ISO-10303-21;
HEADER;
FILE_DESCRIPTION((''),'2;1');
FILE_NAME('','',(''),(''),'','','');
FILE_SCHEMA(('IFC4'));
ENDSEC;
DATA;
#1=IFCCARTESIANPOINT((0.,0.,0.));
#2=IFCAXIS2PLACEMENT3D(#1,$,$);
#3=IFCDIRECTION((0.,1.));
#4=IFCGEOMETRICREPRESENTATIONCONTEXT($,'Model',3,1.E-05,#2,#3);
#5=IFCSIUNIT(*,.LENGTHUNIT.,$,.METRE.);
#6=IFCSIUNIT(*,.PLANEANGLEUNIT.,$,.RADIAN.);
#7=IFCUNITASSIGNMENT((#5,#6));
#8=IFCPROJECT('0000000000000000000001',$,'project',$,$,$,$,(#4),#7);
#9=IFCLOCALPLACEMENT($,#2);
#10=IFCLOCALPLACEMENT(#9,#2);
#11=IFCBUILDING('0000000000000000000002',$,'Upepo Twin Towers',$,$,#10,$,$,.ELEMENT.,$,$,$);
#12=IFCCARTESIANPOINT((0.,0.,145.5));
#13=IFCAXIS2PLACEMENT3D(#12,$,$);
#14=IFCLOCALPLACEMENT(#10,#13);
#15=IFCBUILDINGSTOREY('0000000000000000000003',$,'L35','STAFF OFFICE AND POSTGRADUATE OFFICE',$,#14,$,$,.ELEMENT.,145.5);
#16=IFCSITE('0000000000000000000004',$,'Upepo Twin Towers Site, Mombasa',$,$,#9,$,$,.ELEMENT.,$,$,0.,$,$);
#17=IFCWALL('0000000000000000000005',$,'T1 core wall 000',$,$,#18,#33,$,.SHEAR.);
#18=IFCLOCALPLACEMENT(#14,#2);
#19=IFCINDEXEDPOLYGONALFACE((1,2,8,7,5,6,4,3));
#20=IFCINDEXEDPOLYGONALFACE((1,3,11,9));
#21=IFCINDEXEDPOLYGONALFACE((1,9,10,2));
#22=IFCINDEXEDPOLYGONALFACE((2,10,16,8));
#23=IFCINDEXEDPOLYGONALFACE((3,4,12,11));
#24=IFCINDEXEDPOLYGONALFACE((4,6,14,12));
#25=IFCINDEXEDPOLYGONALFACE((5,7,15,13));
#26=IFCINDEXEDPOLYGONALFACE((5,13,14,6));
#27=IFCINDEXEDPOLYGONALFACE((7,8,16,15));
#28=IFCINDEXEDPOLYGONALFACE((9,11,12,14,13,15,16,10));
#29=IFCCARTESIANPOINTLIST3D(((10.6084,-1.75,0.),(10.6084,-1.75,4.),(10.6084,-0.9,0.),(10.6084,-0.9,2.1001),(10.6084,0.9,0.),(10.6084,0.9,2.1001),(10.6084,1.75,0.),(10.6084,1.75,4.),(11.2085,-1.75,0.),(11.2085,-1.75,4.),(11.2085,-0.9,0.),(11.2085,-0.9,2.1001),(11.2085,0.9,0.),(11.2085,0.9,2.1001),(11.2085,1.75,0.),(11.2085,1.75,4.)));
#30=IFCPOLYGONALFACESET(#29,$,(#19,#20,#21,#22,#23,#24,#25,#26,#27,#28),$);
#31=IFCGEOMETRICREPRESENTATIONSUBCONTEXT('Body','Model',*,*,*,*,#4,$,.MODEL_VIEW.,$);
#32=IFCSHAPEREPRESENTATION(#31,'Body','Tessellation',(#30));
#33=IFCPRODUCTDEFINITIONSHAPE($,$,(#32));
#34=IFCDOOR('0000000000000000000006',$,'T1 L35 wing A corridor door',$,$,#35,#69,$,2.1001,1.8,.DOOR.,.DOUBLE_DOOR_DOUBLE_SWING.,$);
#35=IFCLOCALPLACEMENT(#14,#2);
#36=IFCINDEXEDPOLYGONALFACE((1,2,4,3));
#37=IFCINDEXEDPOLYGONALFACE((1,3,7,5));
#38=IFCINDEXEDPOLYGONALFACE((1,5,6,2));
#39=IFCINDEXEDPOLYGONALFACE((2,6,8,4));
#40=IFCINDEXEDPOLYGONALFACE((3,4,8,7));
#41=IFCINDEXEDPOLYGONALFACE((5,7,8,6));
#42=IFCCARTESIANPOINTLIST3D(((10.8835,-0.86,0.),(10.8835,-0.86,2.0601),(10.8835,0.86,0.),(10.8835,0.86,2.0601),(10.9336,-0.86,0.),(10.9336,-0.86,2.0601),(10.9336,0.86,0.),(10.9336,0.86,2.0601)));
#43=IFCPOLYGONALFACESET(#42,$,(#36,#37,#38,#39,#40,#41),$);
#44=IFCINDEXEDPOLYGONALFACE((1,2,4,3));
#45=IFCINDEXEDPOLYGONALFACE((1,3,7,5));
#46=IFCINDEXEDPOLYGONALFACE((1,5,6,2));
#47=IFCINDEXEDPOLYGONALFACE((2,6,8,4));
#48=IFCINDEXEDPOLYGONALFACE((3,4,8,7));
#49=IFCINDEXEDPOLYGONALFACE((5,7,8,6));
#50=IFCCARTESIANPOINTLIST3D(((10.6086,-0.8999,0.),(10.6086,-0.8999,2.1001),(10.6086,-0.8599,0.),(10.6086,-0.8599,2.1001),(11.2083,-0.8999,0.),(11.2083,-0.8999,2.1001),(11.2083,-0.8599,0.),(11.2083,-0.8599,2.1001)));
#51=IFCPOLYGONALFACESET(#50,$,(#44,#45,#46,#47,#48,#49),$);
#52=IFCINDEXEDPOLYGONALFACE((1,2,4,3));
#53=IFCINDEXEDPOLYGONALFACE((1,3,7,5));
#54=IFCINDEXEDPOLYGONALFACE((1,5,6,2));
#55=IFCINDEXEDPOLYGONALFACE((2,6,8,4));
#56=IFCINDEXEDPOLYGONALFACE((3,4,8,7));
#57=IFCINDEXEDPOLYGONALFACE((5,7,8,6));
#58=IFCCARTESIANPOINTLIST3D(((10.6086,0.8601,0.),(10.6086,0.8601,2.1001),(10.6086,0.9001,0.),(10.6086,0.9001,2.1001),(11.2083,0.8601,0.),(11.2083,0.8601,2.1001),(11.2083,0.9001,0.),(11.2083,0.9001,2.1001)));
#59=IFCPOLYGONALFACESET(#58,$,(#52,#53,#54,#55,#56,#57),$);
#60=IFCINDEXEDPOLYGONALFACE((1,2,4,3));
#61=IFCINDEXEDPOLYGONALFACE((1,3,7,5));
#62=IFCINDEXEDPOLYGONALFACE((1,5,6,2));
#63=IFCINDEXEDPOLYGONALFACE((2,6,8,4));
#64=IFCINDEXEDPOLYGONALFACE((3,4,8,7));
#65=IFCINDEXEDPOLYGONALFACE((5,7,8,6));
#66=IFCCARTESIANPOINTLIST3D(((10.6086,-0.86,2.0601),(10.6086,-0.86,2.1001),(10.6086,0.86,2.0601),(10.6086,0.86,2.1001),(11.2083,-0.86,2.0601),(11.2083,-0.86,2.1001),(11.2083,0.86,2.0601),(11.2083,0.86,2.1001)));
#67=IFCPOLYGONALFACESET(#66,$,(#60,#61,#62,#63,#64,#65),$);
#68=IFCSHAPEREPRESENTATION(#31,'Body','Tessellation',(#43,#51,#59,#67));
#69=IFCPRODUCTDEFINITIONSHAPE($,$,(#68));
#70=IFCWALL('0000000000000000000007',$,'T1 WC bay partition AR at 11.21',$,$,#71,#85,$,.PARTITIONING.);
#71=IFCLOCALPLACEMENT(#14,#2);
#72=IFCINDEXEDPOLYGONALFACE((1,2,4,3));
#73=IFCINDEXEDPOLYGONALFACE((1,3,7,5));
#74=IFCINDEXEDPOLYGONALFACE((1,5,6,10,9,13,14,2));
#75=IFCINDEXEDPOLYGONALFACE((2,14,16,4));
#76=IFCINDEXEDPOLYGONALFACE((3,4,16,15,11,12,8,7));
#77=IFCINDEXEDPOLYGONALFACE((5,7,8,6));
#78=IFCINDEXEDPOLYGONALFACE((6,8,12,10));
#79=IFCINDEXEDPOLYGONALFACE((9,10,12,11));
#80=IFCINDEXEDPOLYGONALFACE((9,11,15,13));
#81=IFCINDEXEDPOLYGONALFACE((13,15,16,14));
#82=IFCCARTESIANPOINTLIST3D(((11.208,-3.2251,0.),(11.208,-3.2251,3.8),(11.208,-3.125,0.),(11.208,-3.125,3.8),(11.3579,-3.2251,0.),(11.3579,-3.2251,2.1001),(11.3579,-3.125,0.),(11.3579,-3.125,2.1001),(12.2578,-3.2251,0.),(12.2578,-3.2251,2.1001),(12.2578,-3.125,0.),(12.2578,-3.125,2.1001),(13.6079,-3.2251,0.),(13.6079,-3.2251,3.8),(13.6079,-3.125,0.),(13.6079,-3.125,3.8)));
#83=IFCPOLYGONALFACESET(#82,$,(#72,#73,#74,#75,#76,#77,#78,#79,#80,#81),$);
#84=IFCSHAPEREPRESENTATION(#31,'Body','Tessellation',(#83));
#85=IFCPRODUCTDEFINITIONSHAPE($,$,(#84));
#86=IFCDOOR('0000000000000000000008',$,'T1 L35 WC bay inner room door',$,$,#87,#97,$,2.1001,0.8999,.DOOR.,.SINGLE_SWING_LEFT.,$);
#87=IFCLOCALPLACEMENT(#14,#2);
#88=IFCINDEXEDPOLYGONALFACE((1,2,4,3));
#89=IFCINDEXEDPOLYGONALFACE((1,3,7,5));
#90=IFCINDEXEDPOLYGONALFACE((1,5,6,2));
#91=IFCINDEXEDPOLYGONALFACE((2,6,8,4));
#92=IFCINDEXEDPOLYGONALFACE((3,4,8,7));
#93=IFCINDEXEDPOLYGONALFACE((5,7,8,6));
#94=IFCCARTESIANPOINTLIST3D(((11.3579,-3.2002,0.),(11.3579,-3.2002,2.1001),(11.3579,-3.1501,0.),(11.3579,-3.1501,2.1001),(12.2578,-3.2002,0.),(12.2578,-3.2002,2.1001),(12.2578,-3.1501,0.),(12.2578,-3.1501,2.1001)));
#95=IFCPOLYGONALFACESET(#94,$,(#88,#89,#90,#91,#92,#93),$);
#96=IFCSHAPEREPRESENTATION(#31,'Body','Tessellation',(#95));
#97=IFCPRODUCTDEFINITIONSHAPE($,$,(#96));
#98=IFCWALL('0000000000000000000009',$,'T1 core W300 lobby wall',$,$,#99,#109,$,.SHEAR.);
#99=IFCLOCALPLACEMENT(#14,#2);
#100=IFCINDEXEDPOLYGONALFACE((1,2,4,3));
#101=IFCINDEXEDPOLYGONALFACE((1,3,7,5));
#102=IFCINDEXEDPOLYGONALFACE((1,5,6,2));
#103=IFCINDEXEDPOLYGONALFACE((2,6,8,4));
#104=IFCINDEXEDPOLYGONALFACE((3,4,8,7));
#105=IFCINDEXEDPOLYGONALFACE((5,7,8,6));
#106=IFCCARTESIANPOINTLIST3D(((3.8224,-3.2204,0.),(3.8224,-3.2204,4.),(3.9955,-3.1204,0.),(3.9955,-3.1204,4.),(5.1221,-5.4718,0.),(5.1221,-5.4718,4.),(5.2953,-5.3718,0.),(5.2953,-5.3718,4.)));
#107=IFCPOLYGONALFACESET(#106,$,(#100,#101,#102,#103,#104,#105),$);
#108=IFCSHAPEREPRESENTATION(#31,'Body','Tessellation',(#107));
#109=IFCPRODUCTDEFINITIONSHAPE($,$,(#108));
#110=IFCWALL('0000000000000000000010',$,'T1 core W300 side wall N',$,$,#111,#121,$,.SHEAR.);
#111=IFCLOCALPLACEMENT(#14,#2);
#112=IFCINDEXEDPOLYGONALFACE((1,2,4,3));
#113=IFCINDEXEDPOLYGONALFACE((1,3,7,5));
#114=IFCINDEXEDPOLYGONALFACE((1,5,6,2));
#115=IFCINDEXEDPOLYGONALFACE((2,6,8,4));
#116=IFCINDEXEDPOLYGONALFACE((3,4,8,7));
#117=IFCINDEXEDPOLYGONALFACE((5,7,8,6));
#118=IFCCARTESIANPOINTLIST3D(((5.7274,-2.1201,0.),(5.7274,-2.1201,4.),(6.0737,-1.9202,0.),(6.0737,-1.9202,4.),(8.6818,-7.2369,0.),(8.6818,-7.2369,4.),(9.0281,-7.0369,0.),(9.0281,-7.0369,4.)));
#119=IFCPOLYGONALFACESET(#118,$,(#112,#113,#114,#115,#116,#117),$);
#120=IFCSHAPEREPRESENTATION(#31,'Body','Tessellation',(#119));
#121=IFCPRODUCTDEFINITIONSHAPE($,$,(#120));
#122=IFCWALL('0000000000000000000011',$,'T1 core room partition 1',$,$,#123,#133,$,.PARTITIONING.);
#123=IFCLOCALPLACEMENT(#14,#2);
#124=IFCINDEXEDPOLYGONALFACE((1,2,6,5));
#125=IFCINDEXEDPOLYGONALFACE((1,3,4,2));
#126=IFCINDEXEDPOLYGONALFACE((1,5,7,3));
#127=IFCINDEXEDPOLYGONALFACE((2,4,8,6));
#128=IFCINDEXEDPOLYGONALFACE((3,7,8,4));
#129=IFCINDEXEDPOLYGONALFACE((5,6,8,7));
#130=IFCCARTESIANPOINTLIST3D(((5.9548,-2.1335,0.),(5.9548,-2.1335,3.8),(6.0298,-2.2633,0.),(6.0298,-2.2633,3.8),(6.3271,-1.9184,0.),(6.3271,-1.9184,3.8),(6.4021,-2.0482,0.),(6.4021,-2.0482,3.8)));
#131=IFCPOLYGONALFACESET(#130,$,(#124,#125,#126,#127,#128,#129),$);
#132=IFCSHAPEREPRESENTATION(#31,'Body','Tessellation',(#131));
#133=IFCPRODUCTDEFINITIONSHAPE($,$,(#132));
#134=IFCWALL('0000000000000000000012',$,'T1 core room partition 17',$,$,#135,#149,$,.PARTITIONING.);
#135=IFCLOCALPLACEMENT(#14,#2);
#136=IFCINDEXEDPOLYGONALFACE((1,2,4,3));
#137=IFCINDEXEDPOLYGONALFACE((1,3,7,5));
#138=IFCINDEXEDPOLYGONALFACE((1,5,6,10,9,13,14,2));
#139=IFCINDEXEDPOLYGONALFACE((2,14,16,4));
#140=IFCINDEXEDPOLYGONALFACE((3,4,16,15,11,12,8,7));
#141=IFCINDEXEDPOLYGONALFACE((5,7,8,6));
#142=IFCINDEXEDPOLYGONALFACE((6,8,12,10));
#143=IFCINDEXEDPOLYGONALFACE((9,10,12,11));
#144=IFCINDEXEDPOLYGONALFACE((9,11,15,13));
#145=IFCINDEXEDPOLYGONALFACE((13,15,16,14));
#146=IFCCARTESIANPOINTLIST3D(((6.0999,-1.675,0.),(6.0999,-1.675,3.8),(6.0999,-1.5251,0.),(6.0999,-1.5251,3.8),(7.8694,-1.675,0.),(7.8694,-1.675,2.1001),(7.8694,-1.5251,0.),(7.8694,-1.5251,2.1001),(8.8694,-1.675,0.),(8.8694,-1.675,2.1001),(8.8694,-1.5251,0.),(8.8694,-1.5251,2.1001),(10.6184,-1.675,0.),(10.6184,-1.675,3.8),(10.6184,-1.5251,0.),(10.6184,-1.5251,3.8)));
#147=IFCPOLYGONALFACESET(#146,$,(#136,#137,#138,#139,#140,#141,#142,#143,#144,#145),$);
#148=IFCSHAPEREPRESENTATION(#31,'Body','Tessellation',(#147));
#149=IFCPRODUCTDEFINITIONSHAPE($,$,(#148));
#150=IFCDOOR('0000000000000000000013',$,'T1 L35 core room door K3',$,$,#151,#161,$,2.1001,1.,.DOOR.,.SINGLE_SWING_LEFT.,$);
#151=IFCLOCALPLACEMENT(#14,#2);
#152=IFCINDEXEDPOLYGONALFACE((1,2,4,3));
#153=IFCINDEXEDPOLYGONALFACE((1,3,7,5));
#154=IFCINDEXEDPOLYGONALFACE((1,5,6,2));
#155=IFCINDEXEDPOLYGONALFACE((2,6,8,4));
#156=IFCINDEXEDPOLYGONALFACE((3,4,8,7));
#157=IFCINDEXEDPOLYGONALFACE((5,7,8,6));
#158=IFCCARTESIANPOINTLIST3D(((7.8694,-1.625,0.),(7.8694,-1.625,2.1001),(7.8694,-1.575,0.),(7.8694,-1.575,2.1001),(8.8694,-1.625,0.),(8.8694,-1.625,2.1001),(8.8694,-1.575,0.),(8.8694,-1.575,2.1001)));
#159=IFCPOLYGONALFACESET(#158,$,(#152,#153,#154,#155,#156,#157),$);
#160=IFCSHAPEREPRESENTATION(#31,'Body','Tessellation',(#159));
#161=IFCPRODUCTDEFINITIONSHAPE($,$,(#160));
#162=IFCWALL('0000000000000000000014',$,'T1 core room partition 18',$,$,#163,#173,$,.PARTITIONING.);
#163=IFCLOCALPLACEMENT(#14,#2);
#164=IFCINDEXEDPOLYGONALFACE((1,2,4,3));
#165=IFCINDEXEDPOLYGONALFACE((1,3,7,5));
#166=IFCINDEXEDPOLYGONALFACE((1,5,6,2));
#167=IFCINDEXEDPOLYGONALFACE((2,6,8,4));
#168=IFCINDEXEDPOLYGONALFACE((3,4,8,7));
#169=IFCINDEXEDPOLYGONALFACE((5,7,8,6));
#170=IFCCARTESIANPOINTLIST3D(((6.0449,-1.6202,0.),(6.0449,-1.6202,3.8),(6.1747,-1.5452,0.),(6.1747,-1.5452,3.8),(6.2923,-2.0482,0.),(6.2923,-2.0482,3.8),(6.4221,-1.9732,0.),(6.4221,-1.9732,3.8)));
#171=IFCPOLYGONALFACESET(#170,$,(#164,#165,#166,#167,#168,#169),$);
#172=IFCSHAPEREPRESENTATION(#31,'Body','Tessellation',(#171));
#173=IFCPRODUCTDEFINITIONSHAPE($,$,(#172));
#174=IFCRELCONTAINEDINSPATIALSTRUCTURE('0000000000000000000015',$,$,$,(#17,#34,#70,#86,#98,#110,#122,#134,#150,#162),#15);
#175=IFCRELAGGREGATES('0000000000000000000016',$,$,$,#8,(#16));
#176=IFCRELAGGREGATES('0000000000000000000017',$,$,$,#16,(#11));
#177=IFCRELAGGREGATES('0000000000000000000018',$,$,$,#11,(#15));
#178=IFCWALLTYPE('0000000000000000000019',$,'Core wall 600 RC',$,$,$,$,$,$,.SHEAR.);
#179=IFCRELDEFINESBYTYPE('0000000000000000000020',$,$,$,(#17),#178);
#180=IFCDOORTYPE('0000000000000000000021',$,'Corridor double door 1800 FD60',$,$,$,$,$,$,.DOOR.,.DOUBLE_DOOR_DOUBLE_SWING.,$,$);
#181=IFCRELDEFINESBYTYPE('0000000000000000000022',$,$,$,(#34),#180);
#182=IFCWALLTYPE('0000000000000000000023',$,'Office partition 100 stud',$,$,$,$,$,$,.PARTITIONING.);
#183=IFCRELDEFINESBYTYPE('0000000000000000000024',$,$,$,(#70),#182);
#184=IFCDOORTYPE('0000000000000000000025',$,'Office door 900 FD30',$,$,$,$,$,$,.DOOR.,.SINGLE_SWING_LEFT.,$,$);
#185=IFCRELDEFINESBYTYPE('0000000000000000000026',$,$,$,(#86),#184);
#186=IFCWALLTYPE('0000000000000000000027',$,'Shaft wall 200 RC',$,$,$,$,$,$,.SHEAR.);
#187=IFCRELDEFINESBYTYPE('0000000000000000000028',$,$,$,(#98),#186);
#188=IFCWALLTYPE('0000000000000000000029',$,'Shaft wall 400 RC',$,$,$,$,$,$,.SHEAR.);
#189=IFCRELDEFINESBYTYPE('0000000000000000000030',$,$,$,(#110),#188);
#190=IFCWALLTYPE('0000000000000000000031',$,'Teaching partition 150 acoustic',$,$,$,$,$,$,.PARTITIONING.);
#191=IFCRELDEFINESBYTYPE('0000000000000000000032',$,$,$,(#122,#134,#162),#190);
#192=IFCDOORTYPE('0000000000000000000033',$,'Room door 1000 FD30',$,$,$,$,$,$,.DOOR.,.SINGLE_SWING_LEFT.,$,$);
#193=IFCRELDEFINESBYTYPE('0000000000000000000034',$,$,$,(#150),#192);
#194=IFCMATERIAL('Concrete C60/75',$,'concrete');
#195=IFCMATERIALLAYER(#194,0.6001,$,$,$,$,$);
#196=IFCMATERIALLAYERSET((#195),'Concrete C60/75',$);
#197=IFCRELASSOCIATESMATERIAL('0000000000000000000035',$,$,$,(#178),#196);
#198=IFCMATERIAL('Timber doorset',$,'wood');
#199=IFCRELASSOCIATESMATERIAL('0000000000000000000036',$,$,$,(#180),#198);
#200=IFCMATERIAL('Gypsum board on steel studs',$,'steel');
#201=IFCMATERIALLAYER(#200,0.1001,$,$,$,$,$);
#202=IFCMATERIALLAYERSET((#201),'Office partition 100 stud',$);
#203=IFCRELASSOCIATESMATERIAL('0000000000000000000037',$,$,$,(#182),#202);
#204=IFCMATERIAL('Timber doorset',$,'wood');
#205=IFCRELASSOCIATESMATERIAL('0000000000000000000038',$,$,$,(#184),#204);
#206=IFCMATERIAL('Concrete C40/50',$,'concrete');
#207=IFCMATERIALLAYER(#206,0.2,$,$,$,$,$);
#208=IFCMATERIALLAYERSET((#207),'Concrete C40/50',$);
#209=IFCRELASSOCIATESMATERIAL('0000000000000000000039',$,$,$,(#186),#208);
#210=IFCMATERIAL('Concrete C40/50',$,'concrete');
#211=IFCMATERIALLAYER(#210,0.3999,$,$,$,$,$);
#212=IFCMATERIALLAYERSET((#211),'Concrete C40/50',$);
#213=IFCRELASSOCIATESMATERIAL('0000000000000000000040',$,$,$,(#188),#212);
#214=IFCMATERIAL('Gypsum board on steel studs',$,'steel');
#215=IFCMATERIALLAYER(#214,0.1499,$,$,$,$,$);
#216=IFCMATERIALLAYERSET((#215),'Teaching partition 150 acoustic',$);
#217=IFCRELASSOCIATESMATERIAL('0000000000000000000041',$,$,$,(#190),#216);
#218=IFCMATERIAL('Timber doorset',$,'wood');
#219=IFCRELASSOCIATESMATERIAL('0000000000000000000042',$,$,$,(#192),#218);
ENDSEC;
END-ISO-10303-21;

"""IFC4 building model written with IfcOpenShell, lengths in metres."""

from ifc_helpers import new_model, si_unit, direction, frame, frame_2d, origin, place, context, subcontext, project, spatial, rectangle, extrude, material, layer, layer_set, type_object, element, fill, save


model = new_model("IFC4")

# Units and contexts
model_context = context("Model", 3, precision=1e-05, world=origin(), true_north=direction((0.0, 1.0)))
body_context = subcontext(model_context, "Body", "Model", "MODEL_VIEW")
ifc_project = project(units=[si_unit("LENGTHUNIT", "METRE"), si_unit("PLANEANGLEUNIT", "RADIAN")], contexts=[model_context])

# Site, building, storey
site_placement = place(None, origin())
site = spatial("IfcSite", under=ifc_project, at=site_placement, Name="Upepo Twin Towers Site, Mombasa", CompositionType="ELEMENT", RefElevation=0.0)
building_placement = place(site_placement, origin())
building = spatial("IfcBuilding", under=site, at=building_placement, Name="Upepo Twin Towers", CompositionType="ELEMENT")
storey_placement = place(building_placement, frame((0.0, 0.0, 145.5)))
storey = spatial("IfcBuildingStorey", under=building, at=storey_placement, Name="L35", Description="STAFF OFFICE AND POSTGRADUATE OFFICE", CompositionType="ELEMENT", Elevation=145.5)

# Shared definitions
ifc_material_1 = material(Name="Concrete C60/75", Category="concrete")
ifc_layer_1 = layer(ifc_material_1, 0.6001)
ifc_layer_set_1 = layer_set([ifc_layer_1], Name="Concrete C60/75")
wall_type_1 = type_object("IfcWallType", Name="Core wall 600 RC", PredefinedType="SHEAR", material=ifc_layer_set_1)

# Walls, openings, doors
wall_1_placement = place(storey_placement, frame((10.9084, -1.75, 0.0), z_axis=(0.0, 0.0, 1.0), x_axis=(0.0, 1.0, 0.0)))
wall_1 = element("IfcWall", 1, at=wall_1_placement, inside=storey, type_object=wall_type_1, Name="T1 core wall 000", PredefinedType="SHEAR", context=body_context, shape_type="SweptSolid", body=[
    extrude(rectangle(XDim=3.5, YDim=0.6001, at=frame_2d((1.75, 0.0))), origin(), (0.0, 0.0, 1.0), 4.0),
])
opening_1_placement = place(wall_1_placement, frame((0.8501, 0.0, 0.0)))
opening_1 = element("IfcOpeningElement", 2, at=opening_1_placement, cuts=wall_1, PredefinedType="OPENING", context=body_context, shape_type="SweptSolid", body=[
    extrude(rectangle(XDim=1.8, YDim=2.1001, at=frame_2d((0.8999, 1.05))), frame((0.0, 0.3101, 0.0), z_axis=(0.0, -1.0, 0.0), x_axis=(1.0, 0.0, 0.0)), (0.0, 0.0, 1.0), 0.6201),
])
ifc_material_2 = material(Name="Timber doorset", Category="wood")
door_type_1 = type_object("IfcDoorType", Name="Corridor double door 1800 FD60", OperationType="DOUBLE_DOOR_DOUBLE_SWING", PredefinedType="DOOR", material=ifc_material_2)
door_1_placement = place(opening_1_placement, origin())
door_1 = element("IfcDoor", 3, at=door_1_placement, inside=storey, type_object=door_type_1, Name="T1 L35 wing A corridor door", OperationType="DOUBLE_DOOR_DOUBLE_SWING", OverallHeight=2.1001, OverallWidth=1.8, PredefinedType="DOOR", context=body_context, shape_type="SweptSolid", body=[
    extrude(rectangle(XDim=1.72, YDim=2.0601, at=frame_2d((0.8999, 1.03))), frame((0.0, 0.0249, 0.0), z_axis=(0.0, -1.0, 0.0), x_axis=(1.0, 0.0, 0.0)), (0.0, 0.0, 1.0), 0.05),
    extrude(rectangle(XDim=0.04, YDim=2.1001, at=frame_2d((0.02, 1.05))), frame((0.0, 0.2998, 0.0), z_axis=(0.0, -1.0, 0.0), x_axis=(1.0, 0.0, 0.0)), (0.0, 0.0, 1.0), 0.5996),
    extrude(rectangle(XDim=0.04, YDim=2.1001, at=frame_2d((1.78, 1.05))), frame((0.0, 0.2998, 0.0), z_axis=(0.0, -1.0, 0.0), x_axis=(1.0, 0.0, 0.0)), (0.0, 0.0, 1.0), 0.5996),
    extrude(rectangle(XDim=1.72, YDim=0.04, at=frame_2d((0.8999, 2.0801))), frame((0.0, 0.2998, 0.0), z_axis=(0.0, -1.0, 0.0), x_axis=(1.0, 0.0, 0.0)), (0.0, 0.0, 1.0), 0.5996),
])
fill(opening_1, door_1)
ifc_material_3 = material(Name="Gypsum board on steel studs", Category="steel")
ifc_layer_2 = layer(ifc_material_3, 0.1001)
ifc_layer_set_2 = layer_set([ifc_layer_2], Name="Office partition 100 stud")
wall_type_2 = type_object("IfcWallType", Name="Office partition 100 stud", PredefinedType="PARTITIONING", material=ifc_layer_set_2)
wall_2_placement = place(storey_placement, frame((11.208, -3.175, 0.0), z_axis=(0.0, 0.0, 1.0), x_axis=(1.0, 0.0, 0.0)))
wall_2 = element("IfcWall", 4, at=wall_2_placement, inside=storey, type_object=wall_type_2, Name="T1 WC bay partition AR at 11.21", PredefinedType="PARTITIONING", context=body_context, shape_type="SweptSolid", body=[
    extrude(rectangle(XDim=2.3999, YDim=0.1001, at=frame_2d((1.2, 0.0))), origin(), (0.0, 0.0, 1.0), 3.8),
])
opening_2_placement = place(wall_2_placement, frame((0.1499, 0.0, 0.0)))
opening_2 = element("IfcOpeningElement", 5, at=opening_2_placement, cuts=wall_2, PredefinedType="OPENING", context=body_context, shape_type="SweptSolid", body=[
    extrude(rectangle(XDim=0.8999, YDim=2.1001, at=frame_2d((0.45, 1.05))), frame((0.0, 0.0601, 0.0), z_axis=(0.0, -1.0, 0.0), x_axis=(1.0, 0.0, 0.0)), (0.0, 0.0, 1.0), 0.1201),
])
ifc_material_4 = material(Name="Timber doorset", Category="wood")
door_type_2 = type_object("IfcDoorType", Name="Office door 900 FD30", OperationType="SINGLE_SWING_LEFT", PredefinedType="DOOR", material=ifc_material_4)
door_2_placement = place(opening_2_placement, origin())
door_2 = element("IfcDoor", 6, at=door_2_placement, inside=storey, type_object=door_type_2, Name="T1 L35 WC bay inner room door", OperationType="SINGLE_SWING_LEFT", OverallHeight=2.1001, OverallWidth=0.8999, PredefinedType="DOOR", context=body_context, shape_type="SweptSolid", body=[
    extrude(rectangle(XDim=0.8999, YDim=2.1001, at=frame_2d((0.45, 1.05))), frame((0.0, 0.0249, 0.0), z_axis=(0.0, -1.0, 0.0), x_axis=(1.0, 0.0, 0.0)), (0.0, 0.0, 1.0), 0.05),
])
fill(opening_2, door_2)

# Walls
ifc_material_5 = material(Name="Concrete C40/50", Category="concrete")
ifc_layer_3 = layer(ifc_material_5, 0.2)
ifc_layer_set_3 = layer_set([ifc_layer_3], Name="Concrete C40/50")
wall_type_3 = type_object("IfcWallType", Name="Shaft wall 200 RC", PredefinedType="SHEAR", material=ifc_layer_set_3)
wall_3_placement = place(storey_placement, frame((3.9089, -3.1704, 0.0), z_axis=(0.0, 0.0, 1.0), x_axis=(0.499977, -0.866039, 0.0)))
element("IfcWall", 7, at=wall_3_placement, inside=storey, type_object=wall_type_3, Name="T1 core W300 lobby wall", PredefinedType="SHEAR", context=body_context, shape_type="SweptSolid", body=[
    extrude(rectangle(XDim=2.5996, YDim=0.2, at=frame_2d((1.2998, 0.0))), origin(), (0.0, 0.0, 1.0), 4.0),
])
ifc_material_6 = material(Name="Concrete C40/50", Category="concrete")
ifc_layer_4 = layer(ifc_material_6, 0.3999)
ifc_layer_set_4 = layer_set([ifc_layer_4], Name="Concrete C40/50")
wall_type_4 = type_object("IfcWallType", Name="Shaft wall 400 RC", PredefinedType="SHEAR", material=ifc_layer_set_4)
wall_4_placement = place(storey_placement, frame((5.9006, -2.0203, 0.0), z_axis=(0.0, 0.0, 1.0), x_axis=(0.500028, -0.866009, 0.0)))
element("IfcWall", 8, at=wall_4_placement, inside=storey, type_object=wall_type_4, Name="T1 core W300 side wall N", PredefinedType="SHEAR", context=body_context, shape_type="SweptSolid", body=[
    extrude(rectangle(XDim=5.9084, YDim=0.3999, at=frame_2d((2.9541, 0.0))), origin(), (0.0, 0.0, 1.0), 4.0),
])
ifc_material_7 = material(Name="Gypsum board on steel studs", Category="steel")
ifc_layer_5 = layer(ifc_material_7, 0.1499)
ifc_layer_set_5 = layer_set([ifc_layer_5], Name="Teaching partition 150 acoustic")
wall_type_5 = type_object("IfcWallType", Name="Teaching partition 150 acoustic", PredefinedType="PARTITIONING", material=ifc_layer_set_5)
wall_5_placement = place(storey_placement, frame((6.3645, -1.9834, 0.0), z_axis=(0.0, 0.0, 1.0), x_axis=(-0.865892, -0.50023, 0.0)))
element("IfcWall", 9, at=wall_5_placement, inside=storey, type_object=wall_type_5, Name="T1 core room partition 1", PredefinedType="PARTITIONING", context=body_context, shape_type="SweptSolid", body=[
    extrude(rectangle(XDim=0.4299, YDim=0.1499, at=frame_2d((0.2148, 0.0))), origin(), (0.0, 0.0, 1.0), 3.8),
])

# Wall, opening, door
wall_6_placement = place(storey_placement, frame((10.6184, -1.6001, 0.0), z_axis=(0.0, 0.0, 1.0), x_axis=(-1.0, 0.0, 0.0)))
wall_6 = element("IfcWall", 10, at=wall_6_placement, inside=storey, type_object=wall_type_5, Name="T1 core room partition 17", PredefinedType="PARTITIONING", context=body_context, shape_type="SweptSolid", body=[
    extrude(rectangle(XDim=4.5186, YDim=0.1499, at=frame_2d((2.2593, 0.0))), origin(), (0.0, 0.0, 1.0), 3.8),
])
opening_3_placement = place(wall_6_placement, frame((1.749, 0.0, 0.0)))
opening_3 = element("IfcOpeningElement", 11, at=opening_3_placement, cuts=wall_6, PredefinedType="OPENING", context=body_context, shape_type="SweptSolid", body=[
    extrude(rectangle(XDim=1.0, YDim=2.1001, at=frame_2d((0.5, 1.05))), frame((0.0, 0.085, 0.0), z_axis=(0.0, -1.0, 0.0), x_axis=(1.0, 0.0, 0.0)), (0.0, 0.0, 1.0), 0.1699),
])
ifc_material_8 = material(Name="Timber doorset", Category="wood")
door_type_3 = type_object("IfcDoorType", Name="Room door 1000 FD30", OperationType="SINGLE_SWING_LEFT", PredefinedType="DOOR", material=ifc_material_8)
door_3_placement = place(opening_3_placement, origin())
door_3 = element("IfcDoor", 12, at=door_3_placement, inside=storey, type_object=door_type_3, Name="T1 L35 core room door K3", OperationType="SINGLE_SWING_LEFT", OverallHeight=2.1001, OverallWidth=1.0, PredefinedType="DOOR", context=body_context, shape_type="SweptSolid", body=[
    extrude(rectangle(XDim=1.0, YDim=2.1001, at=frame_2d((0.5, 1.05))), frame((0.0, 0.0249, 0.0), z_axis=(0.0, -1.0, 0.0), x_axis=(1.0, 0.0, 0.0)), (0.0, 0.0, 1.0), 0.05),
])
fill(opening_3, door_3)

# Wall
wall_7_placement = place(storey_placement, frame((6.1099, -1.5828, 0.0), z_axis=(0.0, 0.0, 1.0), x_axis=(0.500335, -0.865832, 0.0)))
element("IfcWall", 13, at=wall_7_placement, inside=storey, type_object=wall_type_5, Name="T1 core room partition 18", PredefinedType="PARTITIONING", context=body_context, shape_type="SweptSolid", body=[
    extrude(rectangle(XDim=0.4944, YDim=0.1499, at=frame_2d((0.2471, 0.0))), origin(), (0.0, 0.0, 1.0), 3.8),
])

save(model, "model.ifc")
